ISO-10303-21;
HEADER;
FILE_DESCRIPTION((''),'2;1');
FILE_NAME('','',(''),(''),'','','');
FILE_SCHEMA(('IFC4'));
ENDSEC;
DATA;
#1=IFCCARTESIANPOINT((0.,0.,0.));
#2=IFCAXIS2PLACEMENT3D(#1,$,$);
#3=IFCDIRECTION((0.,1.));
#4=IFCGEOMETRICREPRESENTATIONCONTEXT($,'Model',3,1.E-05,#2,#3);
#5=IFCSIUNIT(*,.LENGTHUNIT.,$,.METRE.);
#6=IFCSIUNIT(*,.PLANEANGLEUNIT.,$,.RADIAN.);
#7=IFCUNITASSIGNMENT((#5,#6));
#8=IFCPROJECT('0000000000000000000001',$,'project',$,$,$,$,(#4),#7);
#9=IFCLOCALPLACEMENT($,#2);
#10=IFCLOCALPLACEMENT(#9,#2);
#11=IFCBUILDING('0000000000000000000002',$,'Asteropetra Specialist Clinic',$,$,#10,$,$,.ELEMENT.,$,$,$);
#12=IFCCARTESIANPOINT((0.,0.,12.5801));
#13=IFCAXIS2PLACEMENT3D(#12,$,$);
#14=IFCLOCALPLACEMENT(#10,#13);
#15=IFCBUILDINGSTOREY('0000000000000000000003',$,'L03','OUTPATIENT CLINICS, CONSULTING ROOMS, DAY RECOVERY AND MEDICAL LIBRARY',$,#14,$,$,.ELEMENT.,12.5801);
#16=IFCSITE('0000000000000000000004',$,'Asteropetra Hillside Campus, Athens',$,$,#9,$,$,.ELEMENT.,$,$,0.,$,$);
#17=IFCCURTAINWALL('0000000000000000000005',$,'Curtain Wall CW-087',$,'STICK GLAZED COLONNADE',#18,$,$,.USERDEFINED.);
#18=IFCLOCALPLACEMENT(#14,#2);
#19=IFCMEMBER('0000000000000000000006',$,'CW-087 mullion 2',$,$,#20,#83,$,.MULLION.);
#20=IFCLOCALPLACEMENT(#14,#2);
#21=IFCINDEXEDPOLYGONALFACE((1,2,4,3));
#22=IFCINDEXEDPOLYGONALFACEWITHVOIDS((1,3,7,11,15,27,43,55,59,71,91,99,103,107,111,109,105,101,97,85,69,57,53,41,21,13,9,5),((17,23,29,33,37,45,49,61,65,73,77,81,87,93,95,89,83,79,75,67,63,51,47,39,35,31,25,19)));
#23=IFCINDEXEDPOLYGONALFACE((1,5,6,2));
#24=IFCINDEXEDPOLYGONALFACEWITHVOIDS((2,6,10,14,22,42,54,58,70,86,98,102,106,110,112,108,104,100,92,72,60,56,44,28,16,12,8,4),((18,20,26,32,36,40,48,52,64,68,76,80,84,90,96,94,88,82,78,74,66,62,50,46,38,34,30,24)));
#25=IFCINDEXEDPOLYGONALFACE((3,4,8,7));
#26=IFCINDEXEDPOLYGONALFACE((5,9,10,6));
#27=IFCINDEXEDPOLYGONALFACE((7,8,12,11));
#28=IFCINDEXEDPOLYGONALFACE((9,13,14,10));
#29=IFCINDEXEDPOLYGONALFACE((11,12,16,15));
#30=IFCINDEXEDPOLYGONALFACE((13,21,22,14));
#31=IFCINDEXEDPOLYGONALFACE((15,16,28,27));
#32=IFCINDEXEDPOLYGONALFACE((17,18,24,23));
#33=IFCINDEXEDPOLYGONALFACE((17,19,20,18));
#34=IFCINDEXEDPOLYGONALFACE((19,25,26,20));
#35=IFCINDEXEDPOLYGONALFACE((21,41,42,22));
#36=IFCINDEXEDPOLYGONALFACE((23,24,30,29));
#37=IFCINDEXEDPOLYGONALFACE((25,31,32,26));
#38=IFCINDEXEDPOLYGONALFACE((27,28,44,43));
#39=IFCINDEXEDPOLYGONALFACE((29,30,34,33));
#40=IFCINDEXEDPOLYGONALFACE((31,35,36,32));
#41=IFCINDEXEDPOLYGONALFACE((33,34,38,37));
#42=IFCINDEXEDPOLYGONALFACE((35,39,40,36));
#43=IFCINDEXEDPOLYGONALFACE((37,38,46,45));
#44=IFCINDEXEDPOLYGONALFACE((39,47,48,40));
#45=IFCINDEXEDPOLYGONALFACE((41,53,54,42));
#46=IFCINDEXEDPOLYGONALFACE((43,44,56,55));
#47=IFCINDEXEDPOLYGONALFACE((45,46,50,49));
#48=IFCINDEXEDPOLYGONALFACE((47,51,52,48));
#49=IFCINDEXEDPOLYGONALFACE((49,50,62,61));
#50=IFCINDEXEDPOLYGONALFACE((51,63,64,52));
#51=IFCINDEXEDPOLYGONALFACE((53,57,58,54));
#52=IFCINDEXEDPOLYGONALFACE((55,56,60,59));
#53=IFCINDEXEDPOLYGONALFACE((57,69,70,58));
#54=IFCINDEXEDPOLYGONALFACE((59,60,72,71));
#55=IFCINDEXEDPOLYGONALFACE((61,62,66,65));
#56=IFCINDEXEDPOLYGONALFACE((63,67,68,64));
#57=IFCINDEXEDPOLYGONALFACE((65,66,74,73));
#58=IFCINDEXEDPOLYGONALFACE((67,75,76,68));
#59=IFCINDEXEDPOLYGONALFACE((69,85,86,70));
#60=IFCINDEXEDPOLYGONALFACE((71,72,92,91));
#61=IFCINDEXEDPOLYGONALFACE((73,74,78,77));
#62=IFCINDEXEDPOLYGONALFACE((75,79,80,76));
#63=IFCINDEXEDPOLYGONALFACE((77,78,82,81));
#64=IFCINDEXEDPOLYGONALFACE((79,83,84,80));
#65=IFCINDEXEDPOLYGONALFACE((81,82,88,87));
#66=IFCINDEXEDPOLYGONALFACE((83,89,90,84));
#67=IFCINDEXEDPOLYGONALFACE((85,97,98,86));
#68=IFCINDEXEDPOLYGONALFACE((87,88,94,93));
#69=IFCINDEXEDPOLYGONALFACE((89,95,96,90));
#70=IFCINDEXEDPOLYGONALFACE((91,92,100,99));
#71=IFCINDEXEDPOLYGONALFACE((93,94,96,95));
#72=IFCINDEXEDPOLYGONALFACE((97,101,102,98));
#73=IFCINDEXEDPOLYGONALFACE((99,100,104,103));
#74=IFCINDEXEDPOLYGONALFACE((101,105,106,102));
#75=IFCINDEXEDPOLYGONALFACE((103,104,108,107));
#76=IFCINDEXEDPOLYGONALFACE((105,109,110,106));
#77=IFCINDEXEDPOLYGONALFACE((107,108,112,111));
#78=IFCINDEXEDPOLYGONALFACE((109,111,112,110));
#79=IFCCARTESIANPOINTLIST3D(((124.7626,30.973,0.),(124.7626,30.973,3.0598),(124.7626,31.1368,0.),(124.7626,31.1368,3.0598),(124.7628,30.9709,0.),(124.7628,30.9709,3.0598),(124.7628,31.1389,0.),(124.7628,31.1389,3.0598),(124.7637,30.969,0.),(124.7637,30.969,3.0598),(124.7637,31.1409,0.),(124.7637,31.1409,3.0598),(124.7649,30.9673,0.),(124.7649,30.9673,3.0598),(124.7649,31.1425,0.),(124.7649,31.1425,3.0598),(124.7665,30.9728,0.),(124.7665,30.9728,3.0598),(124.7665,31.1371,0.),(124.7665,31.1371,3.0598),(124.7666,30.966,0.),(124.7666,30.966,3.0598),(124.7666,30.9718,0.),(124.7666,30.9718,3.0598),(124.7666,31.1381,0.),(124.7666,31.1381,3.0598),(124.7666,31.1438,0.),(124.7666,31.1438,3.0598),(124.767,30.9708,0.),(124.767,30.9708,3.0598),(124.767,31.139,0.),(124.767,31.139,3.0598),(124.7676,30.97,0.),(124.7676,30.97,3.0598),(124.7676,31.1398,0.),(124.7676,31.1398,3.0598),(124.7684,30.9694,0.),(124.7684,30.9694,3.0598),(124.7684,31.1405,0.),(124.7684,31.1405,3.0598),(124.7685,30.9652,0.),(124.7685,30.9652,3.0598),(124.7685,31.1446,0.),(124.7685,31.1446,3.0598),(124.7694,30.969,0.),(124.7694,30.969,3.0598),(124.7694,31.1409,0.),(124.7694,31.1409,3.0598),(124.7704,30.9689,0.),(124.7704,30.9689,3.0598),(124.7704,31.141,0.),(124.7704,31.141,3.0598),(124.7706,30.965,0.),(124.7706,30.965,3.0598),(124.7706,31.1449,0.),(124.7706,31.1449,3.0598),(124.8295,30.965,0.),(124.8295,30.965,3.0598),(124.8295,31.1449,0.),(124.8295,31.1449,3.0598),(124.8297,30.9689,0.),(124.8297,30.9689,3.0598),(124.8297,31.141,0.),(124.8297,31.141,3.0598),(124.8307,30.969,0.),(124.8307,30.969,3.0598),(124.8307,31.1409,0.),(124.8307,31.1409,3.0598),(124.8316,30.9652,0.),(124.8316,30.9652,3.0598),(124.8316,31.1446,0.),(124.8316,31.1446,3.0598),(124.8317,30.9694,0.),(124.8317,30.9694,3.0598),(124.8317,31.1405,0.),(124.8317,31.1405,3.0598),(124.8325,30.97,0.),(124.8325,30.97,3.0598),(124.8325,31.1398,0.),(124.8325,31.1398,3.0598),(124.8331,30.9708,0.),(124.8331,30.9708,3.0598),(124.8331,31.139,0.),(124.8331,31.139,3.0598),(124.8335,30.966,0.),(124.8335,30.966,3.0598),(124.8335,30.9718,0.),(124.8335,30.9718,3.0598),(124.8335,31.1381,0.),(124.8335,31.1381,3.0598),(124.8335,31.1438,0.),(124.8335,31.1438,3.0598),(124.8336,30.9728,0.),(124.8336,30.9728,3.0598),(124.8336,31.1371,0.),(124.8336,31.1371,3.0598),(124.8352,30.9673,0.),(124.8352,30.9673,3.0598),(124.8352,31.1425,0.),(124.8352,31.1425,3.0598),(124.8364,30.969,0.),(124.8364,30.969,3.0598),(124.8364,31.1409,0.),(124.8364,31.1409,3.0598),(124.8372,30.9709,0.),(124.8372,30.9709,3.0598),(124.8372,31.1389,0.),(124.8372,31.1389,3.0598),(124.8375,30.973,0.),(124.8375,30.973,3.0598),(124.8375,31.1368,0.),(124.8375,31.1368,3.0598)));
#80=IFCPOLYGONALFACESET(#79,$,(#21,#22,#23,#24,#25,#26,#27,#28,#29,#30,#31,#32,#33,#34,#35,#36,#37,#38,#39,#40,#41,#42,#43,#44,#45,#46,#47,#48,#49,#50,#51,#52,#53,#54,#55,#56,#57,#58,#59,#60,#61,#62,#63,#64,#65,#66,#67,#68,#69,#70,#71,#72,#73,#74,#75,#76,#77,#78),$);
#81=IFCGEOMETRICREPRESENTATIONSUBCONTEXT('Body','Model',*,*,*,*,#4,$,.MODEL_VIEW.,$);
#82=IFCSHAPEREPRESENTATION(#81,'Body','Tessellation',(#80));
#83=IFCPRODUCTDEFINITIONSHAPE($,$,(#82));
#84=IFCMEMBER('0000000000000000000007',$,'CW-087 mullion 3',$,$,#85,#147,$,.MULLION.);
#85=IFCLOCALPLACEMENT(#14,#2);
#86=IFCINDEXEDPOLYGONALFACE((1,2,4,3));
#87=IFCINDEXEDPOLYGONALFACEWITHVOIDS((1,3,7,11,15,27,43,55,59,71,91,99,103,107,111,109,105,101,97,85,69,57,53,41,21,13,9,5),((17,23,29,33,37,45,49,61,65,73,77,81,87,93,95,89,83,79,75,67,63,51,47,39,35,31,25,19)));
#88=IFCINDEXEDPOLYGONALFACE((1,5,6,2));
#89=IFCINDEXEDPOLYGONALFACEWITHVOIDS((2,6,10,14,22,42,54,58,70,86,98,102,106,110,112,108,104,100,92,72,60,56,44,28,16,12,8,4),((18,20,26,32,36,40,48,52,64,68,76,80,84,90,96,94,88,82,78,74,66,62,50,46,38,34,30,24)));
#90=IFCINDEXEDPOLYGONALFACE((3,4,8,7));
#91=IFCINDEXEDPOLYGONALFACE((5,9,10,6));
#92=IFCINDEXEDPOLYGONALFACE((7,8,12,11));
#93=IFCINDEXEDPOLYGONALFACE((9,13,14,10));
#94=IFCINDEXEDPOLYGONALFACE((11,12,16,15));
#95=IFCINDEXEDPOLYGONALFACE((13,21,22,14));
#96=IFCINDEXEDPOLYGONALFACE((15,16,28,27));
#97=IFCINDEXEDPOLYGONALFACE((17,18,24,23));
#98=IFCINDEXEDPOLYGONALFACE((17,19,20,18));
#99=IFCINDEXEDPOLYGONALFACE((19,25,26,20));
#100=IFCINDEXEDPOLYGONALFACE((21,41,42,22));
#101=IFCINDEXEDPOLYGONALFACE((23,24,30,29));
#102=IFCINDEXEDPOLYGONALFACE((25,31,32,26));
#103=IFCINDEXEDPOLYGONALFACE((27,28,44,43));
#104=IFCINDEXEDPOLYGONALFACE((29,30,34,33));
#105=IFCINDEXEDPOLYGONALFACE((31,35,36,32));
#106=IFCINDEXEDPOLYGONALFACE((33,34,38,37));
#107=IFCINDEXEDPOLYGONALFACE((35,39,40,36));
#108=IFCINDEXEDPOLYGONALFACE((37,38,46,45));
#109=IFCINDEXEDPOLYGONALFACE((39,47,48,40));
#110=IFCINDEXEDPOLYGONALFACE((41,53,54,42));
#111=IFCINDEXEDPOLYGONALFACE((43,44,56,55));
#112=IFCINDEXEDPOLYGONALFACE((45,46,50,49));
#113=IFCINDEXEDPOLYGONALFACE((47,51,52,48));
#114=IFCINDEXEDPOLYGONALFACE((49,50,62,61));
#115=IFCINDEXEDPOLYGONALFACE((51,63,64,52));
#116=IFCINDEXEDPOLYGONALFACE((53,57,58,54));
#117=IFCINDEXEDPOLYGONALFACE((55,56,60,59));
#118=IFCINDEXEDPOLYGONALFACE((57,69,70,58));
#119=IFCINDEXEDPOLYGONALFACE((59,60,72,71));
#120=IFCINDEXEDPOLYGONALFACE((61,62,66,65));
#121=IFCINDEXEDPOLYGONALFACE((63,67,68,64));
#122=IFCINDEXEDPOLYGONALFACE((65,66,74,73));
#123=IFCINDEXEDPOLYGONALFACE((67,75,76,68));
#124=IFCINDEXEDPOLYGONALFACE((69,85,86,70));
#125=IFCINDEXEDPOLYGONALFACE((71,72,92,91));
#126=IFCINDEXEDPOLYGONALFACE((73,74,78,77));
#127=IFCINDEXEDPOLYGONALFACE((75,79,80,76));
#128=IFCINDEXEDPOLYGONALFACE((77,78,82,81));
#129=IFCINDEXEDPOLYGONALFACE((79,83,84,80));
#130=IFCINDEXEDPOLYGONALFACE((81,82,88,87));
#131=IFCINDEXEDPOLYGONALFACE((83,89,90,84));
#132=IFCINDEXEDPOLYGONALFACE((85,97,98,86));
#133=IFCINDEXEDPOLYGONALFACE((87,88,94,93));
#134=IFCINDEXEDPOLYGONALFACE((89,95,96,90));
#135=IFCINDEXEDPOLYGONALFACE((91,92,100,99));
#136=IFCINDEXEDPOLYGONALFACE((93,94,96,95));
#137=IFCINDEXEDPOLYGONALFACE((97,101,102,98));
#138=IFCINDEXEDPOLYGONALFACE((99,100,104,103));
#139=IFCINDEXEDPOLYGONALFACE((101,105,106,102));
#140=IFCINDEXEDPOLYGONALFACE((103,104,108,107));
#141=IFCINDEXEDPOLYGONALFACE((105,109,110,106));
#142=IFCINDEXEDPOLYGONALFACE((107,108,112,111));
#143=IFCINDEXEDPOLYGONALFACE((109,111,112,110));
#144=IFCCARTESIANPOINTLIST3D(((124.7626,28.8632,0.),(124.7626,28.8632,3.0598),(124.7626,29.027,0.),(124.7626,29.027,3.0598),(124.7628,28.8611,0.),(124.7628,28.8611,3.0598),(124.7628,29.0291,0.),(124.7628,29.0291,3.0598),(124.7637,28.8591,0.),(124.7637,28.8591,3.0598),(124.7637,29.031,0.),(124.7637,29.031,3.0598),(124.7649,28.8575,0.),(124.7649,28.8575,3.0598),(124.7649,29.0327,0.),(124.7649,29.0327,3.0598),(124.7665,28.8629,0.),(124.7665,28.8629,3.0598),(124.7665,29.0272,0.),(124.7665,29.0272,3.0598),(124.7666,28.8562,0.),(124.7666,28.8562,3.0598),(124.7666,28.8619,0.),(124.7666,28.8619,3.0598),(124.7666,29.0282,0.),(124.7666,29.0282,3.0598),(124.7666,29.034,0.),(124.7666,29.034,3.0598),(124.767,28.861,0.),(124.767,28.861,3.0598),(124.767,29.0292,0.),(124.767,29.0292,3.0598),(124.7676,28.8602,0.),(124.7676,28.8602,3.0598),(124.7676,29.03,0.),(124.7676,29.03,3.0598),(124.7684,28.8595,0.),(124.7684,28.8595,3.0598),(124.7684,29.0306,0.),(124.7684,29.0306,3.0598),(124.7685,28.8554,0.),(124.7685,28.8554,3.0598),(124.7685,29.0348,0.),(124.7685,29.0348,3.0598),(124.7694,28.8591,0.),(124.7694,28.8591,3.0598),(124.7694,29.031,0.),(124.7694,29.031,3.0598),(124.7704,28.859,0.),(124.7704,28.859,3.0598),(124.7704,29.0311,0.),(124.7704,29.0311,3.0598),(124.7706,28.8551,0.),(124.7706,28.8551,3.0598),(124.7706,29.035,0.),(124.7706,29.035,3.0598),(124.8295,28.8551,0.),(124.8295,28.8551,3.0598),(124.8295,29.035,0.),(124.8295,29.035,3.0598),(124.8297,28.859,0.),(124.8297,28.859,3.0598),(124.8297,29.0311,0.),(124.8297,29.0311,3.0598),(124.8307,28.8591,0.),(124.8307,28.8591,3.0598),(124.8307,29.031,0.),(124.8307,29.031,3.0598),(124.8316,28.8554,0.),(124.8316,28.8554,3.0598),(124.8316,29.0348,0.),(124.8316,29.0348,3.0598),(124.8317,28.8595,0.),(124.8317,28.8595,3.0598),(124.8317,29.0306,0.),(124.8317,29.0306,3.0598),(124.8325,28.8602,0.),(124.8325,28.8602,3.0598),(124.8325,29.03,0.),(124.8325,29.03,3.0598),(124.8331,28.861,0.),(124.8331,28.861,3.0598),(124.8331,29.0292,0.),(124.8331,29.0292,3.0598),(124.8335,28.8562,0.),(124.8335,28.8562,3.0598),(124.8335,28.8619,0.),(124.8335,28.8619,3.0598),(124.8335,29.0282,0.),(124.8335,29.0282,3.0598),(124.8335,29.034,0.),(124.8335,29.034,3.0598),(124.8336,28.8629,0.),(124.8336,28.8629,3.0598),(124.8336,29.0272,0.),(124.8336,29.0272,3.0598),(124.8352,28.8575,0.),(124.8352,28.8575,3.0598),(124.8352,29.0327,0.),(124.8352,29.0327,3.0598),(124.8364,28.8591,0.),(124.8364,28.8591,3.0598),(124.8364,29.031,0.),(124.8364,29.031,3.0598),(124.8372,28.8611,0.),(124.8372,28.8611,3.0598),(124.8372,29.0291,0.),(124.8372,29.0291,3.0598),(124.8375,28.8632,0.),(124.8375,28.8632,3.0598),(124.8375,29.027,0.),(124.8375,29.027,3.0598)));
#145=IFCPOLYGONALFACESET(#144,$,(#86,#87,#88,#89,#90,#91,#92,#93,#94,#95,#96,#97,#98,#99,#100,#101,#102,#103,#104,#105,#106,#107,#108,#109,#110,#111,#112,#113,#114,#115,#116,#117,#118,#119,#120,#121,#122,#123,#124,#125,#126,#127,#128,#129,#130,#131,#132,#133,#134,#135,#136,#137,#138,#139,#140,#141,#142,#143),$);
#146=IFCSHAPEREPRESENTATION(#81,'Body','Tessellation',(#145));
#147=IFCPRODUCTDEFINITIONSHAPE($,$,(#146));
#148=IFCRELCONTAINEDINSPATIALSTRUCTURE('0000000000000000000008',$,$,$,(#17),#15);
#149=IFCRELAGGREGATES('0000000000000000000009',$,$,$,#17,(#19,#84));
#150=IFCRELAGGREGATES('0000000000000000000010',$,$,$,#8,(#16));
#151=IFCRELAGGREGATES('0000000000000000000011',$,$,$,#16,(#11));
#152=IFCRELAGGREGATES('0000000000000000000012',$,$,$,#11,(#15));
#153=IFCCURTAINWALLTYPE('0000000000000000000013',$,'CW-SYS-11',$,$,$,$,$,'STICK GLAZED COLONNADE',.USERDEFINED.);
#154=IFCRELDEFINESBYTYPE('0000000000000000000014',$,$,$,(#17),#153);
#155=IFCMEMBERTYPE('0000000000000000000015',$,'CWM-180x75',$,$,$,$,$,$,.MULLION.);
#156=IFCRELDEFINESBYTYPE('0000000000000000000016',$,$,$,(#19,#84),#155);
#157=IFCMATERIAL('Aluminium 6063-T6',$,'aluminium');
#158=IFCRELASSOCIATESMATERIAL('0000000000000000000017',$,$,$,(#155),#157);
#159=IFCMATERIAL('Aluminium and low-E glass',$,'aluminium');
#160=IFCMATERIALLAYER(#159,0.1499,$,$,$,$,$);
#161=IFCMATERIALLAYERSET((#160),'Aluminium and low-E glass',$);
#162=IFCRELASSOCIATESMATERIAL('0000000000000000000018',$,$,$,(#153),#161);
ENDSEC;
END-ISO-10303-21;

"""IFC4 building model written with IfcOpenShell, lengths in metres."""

from ifc_helpers import new_model, si_unit, direction, frame, origin, origin_2d, place, context, subcontext, project, spatial, hollow_rectangle, extrude, material, layer, layer_set, material_profile, profile_set, type_object, element, aggregate, save


model = new_model("IFC4")

# Units and contexts
model_context = context("Model", 3, precision=1e-05, world=origin(), true_north=direction((0.0, 1.0)))
body_context = subcontext(model_context, "Body", "Model", "MODEL_VIEW")
ifc_project = project(units=[si_unit("LENGTHUNIT", "METRE"), si_unit("PLANEANGLEUNIT", "RADIAN")], contexts=[model_context])

# Site, building, storey
site_placement = place(None, origin())
site = spatial("IfcSite", under=ifc_project, at=site_placement, Name="Asteropetra Hillside Campus, Athens", CompositionType="ELEMENT", RefElevation=0.0)
building_placement = place(site_placement, origin())
building = spatial("IfcBuilding", under=site, at=building_placement, Name="Asteropetra Specialist Clinic", CompositionType="ELEMENT")
storey_placement = place(building_placement, frame((0.0, 0.0, 12.5801)))
storey = spatial("IfcBuildingStorey", under=building, at=storey_placement, Name="L03", Description="OUTPATIENT CLINICS, CONSULTING ROOMS, DAY RECOVERY AND MEDICAL LIBRARY", CompositionType="ELEMENT", Elevation=12.5801)

# Shared definitions
ifc_material_1 = material(Name="Aluminium 6063-T6", Category="aluminium")
ifc_material_profile_1 = material_profile(ifc_material_1, hollow_rectangle(XDim=0.075, YDim=0.1799, WallThickness=0.0039, InnerFilletRadius=0.0039, OuterFilletRadius=0.0081, at=origin_2d()), Name="MUL 180x75x4.0")
ifc_profile_set_1 = profile_set([ifc_material_profile_1], Name="Aluminium 6063-T6")
member_type_1 = type_object("IfcMemberType", Name="CWM-180x75", PredefinedType="MULLION", material=ifc_profile_set_1)

# Curtain wall, members
ifc_material_2 = material(Name="Aluminium and low-E glass", Category="aluminium")
ifc_layer_1 = layer(ifc_material_2, 0.1499)
ifc_layer_set_1 = layer_set([ifc_layer_1], Name="Aluminium and low-E glass")
curtain_wall_type_1 = type_object("IfcCurtainWallType", Name="CW-SYS-11", ElementType="STICK GLAZED COLONNADE", PredefinedType="USERDEFINED", material=ifc_layer_set_1)
curtain_wall_1_placement = place(storey_placement, origin())
curtain_wall_1 = element("IfcCurtainWall", 1, at=curtain_wall_1_placement, inside=storey, type_object=curtain_wall_type_1, Name="Curtain Wall CW-087", ObjectType="STICK GLAZED COLONNADE", PredefinedType="USERDEFINED")
member_1_placement = place(storey_placement, frame((124.8, 31.0549, 0.0), z_axis=(0.0, 0.0, 1.0), x_axis=(1.0, 0.0, 0.0)))
member_1 = element("IfcMember", 2, at=member_1_placement, type_object=member_type_1, Name="CW-087 mullion 2", PredefinedType="MULLION", context=body_context, shape_type="SweptSolid", body=[
    extrude(hollow_rectangle(XDim=0.075, YDim=0.1799, WallThickness=0.0039, InnerFilletRadius=0.0039, OuterFilletRadius=0.0081, at=origin_2d()), origin(), (0.0, 0.0, 1.0), 3.0598),
])
member_2_placement = place(storey_placement, frame((124.8, 28.9451, 0.0), z_axis=(0.0, 0.0, 1.0), x_axis=(1.0, 0.0, 0.0)))
member_2 = element("IfcMember", 3, at=member_2_placement, type_object=member_type_1, Name="CW-087 mullion 3", PredefinedType="MULLION", context=body_context, shape_type="SweptSolid", body=[
    extrude(hollow_rectangle(XDim=0.075, YDim=0.1799, WallThickness=0.0039, InnerFilletRadius=0.0039, OuterFilletRadius=0.0081, at=origin_2d()), origin(), (0.0, 0.0, 1.0), 3.0598),
])

aggregate(curtain_wall_1, [member_1, member_2])

save(model, "model.ifc")
